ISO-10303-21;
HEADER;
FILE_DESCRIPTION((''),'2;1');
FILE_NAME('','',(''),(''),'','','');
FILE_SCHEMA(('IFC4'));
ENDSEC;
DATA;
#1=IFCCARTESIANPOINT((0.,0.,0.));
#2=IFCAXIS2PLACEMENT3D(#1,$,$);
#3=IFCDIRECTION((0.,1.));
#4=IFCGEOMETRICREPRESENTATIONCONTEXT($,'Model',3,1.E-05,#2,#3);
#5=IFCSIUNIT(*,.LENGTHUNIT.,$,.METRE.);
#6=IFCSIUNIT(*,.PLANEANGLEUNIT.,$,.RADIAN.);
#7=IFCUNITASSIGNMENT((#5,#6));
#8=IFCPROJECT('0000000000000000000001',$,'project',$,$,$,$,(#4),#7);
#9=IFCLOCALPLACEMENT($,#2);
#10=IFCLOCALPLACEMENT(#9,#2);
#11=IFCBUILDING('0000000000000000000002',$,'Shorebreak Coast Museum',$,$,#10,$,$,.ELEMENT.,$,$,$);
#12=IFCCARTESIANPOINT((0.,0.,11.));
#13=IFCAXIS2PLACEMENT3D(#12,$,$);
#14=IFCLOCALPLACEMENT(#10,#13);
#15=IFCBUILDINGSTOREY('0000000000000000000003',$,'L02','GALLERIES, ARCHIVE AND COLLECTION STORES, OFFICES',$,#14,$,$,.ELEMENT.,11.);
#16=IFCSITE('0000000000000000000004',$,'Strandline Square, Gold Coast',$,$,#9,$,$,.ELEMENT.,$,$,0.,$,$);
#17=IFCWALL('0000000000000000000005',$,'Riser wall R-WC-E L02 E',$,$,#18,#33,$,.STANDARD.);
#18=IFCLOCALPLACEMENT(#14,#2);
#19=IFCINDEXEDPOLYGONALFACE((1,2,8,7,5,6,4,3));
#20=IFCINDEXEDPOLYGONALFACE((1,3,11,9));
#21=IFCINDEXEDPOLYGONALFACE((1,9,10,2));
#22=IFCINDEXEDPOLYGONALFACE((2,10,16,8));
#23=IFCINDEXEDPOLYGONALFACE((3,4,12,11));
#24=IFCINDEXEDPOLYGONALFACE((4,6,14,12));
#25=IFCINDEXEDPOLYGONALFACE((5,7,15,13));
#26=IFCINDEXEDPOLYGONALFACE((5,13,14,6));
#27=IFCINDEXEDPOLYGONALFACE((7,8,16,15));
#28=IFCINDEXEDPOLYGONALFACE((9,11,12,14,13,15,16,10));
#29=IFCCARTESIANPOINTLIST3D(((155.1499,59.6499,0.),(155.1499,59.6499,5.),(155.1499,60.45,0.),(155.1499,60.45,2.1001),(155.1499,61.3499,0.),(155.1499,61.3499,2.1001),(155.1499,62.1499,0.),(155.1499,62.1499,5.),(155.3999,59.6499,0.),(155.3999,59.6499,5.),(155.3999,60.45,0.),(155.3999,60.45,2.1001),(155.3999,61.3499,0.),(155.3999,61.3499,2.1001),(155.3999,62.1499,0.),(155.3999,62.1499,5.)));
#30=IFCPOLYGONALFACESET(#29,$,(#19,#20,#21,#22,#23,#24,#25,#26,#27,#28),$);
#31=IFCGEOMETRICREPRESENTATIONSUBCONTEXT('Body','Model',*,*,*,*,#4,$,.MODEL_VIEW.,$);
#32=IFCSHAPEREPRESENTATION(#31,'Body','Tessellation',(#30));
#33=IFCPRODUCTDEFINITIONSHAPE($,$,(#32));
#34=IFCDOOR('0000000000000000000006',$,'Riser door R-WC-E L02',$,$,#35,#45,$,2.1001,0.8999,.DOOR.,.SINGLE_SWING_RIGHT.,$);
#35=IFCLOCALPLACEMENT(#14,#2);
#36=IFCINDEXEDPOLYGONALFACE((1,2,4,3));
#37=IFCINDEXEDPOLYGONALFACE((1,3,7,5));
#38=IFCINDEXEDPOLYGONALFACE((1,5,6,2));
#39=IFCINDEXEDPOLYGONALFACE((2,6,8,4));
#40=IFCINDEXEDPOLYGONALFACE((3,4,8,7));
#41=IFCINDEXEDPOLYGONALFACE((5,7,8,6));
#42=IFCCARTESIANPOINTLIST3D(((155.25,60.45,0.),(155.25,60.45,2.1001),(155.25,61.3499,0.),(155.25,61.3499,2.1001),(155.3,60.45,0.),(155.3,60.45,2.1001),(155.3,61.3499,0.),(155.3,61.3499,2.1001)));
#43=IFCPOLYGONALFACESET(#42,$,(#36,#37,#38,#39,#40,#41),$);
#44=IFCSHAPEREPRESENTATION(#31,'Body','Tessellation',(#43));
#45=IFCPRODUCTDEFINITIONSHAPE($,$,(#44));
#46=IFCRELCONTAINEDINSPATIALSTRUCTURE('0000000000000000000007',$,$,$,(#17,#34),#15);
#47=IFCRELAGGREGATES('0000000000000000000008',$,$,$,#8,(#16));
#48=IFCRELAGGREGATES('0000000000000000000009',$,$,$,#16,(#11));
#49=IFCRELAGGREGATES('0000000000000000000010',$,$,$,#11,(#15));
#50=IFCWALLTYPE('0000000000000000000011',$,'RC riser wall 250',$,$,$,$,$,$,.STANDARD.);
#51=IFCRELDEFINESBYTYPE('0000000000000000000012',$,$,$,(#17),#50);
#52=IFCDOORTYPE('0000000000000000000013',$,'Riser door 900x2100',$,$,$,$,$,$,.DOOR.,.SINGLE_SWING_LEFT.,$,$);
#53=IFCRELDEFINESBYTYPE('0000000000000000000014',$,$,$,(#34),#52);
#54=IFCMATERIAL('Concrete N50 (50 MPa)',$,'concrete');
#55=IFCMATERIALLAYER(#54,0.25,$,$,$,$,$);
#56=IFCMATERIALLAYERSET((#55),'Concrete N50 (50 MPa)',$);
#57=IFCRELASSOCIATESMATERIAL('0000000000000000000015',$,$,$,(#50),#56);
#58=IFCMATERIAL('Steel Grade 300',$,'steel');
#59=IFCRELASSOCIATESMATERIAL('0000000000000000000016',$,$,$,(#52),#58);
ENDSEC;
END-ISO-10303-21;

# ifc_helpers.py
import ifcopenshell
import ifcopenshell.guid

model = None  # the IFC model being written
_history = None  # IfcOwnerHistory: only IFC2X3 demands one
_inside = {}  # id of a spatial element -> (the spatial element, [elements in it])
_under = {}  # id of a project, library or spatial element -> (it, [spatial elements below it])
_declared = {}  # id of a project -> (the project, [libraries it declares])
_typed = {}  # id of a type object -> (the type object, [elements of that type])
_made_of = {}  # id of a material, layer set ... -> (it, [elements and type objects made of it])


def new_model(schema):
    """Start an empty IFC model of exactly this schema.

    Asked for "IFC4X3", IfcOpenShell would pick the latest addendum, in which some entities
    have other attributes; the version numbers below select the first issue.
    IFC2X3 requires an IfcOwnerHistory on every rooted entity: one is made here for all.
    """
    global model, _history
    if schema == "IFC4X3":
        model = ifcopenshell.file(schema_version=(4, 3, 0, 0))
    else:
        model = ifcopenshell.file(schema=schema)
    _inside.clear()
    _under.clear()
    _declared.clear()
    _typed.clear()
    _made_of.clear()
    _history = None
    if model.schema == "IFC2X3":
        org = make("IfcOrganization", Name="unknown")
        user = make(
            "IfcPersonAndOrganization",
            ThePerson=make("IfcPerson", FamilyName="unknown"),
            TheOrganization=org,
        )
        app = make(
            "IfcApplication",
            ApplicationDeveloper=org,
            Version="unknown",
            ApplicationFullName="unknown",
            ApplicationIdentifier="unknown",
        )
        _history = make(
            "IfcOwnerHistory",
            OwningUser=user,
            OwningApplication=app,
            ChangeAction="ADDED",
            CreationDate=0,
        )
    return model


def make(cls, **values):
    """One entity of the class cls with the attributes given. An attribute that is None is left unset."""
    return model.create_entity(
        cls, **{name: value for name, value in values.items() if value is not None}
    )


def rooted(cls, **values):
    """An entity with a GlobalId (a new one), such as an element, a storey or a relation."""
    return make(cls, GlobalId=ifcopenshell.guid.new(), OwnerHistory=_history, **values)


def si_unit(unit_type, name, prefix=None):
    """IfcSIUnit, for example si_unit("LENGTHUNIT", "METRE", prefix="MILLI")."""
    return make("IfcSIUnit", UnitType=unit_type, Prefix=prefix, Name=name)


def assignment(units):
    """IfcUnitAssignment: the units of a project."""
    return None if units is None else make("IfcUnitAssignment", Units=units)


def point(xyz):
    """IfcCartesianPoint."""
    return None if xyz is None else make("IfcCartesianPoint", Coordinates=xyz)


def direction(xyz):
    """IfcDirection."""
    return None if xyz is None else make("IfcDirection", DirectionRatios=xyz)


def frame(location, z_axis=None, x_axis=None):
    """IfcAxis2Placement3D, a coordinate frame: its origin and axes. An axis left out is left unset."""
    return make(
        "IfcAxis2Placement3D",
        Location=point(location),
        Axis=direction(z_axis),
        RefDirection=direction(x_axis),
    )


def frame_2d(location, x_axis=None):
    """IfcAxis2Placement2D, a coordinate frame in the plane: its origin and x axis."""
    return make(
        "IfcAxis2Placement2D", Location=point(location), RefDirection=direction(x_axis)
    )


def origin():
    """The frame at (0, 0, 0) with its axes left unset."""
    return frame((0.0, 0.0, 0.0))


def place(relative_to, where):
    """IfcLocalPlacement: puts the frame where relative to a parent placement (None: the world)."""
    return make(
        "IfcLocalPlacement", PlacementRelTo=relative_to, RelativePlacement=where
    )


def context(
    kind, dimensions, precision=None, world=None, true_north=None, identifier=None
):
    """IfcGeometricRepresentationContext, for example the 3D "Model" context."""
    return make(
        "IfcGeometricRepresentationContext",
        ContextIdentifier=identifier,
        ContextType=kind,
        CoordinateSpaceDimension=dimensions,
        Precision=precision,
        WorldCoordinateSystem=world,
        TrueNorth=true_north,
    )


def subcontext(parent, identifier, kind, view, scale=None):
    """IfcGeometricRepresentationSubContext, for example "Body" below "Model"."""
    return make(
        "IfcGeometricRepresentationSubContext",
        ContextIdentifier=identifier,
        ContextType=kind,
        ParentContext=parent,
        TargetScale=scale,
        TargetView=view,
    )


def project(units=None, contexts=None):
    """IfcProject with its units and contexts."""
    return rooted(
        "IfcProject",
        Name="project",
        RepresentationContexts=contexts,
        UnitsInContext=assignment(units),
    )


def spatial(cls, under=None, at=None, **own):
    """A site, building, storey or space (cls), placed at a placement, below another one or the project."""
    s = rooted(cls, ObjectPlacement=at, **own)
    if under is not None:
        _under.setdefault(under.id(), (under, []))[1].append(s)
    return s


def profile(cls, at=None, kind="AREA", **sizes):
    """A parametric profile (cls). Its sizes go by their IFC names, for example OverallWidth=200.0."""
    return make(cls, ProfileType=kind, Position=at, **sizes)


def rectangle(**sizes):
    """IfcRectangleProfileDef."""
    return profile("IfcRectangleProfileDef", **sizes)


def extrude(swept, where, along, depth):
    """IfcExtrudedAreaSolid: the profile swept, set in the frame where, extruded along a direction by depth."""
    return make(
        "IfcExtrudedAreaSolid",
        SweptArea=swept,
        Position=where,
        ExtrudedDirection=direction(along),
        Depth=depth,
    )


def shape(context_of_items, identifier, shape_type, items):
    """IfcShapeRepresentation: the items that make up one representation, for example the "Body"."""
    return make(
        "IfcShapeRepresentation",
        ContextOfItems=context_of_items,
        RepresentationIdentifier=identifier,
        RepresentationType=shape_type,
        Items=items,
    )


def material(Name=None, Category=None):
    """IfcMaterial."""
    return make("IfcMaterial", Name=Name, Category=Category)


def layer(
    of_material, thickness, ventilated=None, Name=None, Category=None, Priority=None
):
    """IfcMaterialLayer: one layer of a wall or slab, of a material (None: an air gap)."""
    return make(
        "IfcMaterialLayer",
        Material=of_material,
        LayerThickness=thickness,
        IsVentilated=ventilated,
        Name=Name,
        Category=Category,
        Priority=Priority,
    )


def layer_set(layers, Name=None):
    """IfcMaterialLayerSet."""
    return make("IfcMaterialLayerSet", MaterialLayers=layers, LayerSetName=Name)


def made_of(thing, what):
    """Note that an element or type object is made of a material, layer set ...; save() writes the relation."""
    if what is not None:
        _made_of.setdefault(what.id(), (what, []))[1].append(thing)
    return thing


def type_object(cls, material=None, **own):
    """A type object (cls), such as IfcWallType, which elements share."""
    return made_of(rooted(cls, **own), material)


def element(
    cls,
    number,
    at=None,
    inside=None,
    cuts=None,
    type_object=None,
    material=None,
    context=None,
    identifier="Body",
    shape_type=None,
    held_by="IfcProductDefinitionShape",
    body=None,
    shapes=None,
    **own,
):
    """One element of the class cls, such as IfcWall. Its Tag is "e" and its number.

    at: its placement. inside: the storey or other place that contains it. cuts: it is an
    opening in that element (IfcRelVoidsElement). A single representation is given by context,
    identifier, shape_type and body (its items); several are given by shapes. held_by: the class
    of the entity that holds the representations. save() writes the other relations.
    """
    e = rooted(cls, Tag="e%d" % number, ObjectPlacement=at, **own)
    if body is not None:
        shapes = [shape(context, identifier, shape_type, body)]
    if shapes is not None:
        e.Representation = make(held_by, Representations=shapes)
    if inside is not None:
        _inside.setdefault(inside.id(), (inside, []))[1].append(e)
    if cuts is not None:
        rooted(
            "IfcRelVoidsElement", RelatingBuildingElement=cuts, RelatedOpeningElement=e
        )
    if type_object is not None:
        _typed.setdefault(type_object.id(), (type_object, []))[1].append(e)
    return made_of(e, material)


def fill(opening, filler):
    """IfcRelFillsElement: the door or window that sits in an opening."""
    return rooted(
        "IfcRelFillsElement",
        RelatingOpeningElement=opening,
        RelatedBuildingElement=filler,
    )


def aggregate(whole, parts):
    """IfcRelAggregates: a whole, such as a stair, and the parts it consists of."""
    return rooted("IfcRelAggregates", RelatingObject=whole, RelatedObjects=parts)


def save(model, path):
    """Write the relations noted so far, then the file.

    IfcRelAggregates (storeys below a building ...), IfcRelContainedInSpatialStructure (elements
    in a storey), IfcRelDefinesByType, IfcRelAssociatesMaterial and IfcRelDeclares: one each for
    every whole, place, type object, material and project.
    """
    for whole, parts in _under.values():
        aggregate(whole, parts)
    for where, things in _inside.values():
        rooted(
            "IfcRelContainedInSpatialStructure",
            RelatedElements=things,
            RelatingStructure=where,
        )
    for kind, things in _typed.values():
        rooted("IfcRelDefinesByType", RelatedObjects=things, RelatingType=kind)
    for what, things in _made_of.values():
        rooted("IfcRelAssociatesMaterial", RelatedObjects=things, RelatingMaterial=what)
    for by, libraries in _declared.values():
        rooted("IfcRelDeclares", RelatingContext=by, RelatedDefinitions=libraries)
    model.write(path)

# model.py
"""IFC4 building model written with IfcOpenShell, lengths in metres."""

from ifc_helpers import new_model, si_unit, direction, frame, frame_2d, origin, place, context, subcontext, project, spatial, rectangle, extrude, material, layer, layer_set, type_object, element, fill, save


model = new_model("IFC4")

# Units and contexts
model_context = context("Model", 3, precision=1e-05, world=origin(), true_north=direction((0.0, 1.0)))
body_context = subcontext(model_context, "Body", "Model", "MODEL_VIEW")
ifc_project = project(units=[si_unit("LENGTHUNIT", "METRE"), si_unit("PLANEANGLEUNIT", "RADIAN")], contexts=[model_context])

# Site, building, storey
site_placement = place(None, origin())
site = spatial("IfcSite", under=ifc_project, at=site_placement, Name="Strandline Square, Gold Coast", CompositionType="ELEMENT", RefElevation=0.0)
building_placement = place(site_placement, origin())
building = spatial("IfcBuilding", under=site, at=building_placement, Name="Shorebreak Coast Museum", CompositionType="ELEMENT")
storey_placement = place(building_placement, frame((0.0, 0.0, 11.0)))
storey = spatial("IfcBuildingStorey", under=building, at=storey_placement, Name="L02", Description="GALLERIES, ARCHIVE AND COLLECTION STORES, OFFICES", CompositionType="ELEMENT", Elevation=11.0)

# Shared definitions
ifc_material_1 = material(Name="Concrete N50 (50 MPa)", Category="concrete")
ifc_layer_1 = layer(ifc_material_1, 0.25)
ifc_layer_set_1 = layer_set([ifc_layer_1], Name="Concrete N50 (50 MPa)")
wall_type_1 = type_object("IfcWallType", Name="RC riser wall 250", PredefinedType="STANDARD", material=ifc_layer_set_1)

# Wall, opening, door
wall_1_placement = place(storey_placement, frame((155.2749, 59.6499, 0.0), z_axis=(0.0, 0.0, 1.0), x_axis=(0.0, 1.0, 0.0)))
wall_1 = element("IfcWall", 1, at=wall_1_placement, inside=storey, type_object=wall_type_1, Name="Riser wall R-WC-E L02 E", PredefinedType="STANDARD", context=body_context, shape_type="SweptSolid", body=[
    extrude(rectangle(XDim=2.5, YDim=0.25, at=frame_2d((1.25, 0.0))), origin(), (0.0, 0.0, 1.0), 5.0),
])
opening_1_placement = place(wall_1_placement, frame((0.8, 0.0, 0.0)))
opening_1 = element("IfcOpeningElement", 2, at=opening_1_placement, cuts=wall_1, PredefinedType="OPENING", context=body_context, shape_type="SweptSolid", body=[
    extrude(rectangle(XDim=0.8999, YDim=2.1001, at=frame_2d((0.45, 1.05))), frame((0.0, 0.135, 0.0), z_axis=(0.0, -1.0, 0.0), x_axis=(1.0, 0.0, 0.0)), (0.0, 0.0, 1.0), 0.27),
])
ifc_material_2 = material(Name="Steel Grade 300", Category="steel")
door_type_1 = type_object("IfcDoorType", Name="Riser door 900x2100", OperationType="SINGLE_SWING_LEFT", PredefinedType="DOOR", material=ifc_material_2)
door_1_placement = place(opening_1_placement, origin())
door_1 = element("IfcDoor", 3, at=door_1_placement, inside=storey, type_object=door_type_1, Name="Riser door R-WC-E L02", OperationType="SINGLE_SWING_RIGHT", OverallHeight=2.1001, OverallWidth=0.8999, PredefinedType="DOOR", context=body_context, shape_type="SweptSolid", body=[
    extrude(rectangle(XDim=0.8999, YDim=2.1001, at=frame_2d((0.45, 1.05))), frame((0.0, 0.0249, 0.0), z_axis=(0.0, -1.0, 0.0), x_axis=(1.0, 0.0, 0.0)), (0.0, 0.0, 1.0), 0.05),
])
fill(opening_1, door_1)

save(model, "model.ifc")
